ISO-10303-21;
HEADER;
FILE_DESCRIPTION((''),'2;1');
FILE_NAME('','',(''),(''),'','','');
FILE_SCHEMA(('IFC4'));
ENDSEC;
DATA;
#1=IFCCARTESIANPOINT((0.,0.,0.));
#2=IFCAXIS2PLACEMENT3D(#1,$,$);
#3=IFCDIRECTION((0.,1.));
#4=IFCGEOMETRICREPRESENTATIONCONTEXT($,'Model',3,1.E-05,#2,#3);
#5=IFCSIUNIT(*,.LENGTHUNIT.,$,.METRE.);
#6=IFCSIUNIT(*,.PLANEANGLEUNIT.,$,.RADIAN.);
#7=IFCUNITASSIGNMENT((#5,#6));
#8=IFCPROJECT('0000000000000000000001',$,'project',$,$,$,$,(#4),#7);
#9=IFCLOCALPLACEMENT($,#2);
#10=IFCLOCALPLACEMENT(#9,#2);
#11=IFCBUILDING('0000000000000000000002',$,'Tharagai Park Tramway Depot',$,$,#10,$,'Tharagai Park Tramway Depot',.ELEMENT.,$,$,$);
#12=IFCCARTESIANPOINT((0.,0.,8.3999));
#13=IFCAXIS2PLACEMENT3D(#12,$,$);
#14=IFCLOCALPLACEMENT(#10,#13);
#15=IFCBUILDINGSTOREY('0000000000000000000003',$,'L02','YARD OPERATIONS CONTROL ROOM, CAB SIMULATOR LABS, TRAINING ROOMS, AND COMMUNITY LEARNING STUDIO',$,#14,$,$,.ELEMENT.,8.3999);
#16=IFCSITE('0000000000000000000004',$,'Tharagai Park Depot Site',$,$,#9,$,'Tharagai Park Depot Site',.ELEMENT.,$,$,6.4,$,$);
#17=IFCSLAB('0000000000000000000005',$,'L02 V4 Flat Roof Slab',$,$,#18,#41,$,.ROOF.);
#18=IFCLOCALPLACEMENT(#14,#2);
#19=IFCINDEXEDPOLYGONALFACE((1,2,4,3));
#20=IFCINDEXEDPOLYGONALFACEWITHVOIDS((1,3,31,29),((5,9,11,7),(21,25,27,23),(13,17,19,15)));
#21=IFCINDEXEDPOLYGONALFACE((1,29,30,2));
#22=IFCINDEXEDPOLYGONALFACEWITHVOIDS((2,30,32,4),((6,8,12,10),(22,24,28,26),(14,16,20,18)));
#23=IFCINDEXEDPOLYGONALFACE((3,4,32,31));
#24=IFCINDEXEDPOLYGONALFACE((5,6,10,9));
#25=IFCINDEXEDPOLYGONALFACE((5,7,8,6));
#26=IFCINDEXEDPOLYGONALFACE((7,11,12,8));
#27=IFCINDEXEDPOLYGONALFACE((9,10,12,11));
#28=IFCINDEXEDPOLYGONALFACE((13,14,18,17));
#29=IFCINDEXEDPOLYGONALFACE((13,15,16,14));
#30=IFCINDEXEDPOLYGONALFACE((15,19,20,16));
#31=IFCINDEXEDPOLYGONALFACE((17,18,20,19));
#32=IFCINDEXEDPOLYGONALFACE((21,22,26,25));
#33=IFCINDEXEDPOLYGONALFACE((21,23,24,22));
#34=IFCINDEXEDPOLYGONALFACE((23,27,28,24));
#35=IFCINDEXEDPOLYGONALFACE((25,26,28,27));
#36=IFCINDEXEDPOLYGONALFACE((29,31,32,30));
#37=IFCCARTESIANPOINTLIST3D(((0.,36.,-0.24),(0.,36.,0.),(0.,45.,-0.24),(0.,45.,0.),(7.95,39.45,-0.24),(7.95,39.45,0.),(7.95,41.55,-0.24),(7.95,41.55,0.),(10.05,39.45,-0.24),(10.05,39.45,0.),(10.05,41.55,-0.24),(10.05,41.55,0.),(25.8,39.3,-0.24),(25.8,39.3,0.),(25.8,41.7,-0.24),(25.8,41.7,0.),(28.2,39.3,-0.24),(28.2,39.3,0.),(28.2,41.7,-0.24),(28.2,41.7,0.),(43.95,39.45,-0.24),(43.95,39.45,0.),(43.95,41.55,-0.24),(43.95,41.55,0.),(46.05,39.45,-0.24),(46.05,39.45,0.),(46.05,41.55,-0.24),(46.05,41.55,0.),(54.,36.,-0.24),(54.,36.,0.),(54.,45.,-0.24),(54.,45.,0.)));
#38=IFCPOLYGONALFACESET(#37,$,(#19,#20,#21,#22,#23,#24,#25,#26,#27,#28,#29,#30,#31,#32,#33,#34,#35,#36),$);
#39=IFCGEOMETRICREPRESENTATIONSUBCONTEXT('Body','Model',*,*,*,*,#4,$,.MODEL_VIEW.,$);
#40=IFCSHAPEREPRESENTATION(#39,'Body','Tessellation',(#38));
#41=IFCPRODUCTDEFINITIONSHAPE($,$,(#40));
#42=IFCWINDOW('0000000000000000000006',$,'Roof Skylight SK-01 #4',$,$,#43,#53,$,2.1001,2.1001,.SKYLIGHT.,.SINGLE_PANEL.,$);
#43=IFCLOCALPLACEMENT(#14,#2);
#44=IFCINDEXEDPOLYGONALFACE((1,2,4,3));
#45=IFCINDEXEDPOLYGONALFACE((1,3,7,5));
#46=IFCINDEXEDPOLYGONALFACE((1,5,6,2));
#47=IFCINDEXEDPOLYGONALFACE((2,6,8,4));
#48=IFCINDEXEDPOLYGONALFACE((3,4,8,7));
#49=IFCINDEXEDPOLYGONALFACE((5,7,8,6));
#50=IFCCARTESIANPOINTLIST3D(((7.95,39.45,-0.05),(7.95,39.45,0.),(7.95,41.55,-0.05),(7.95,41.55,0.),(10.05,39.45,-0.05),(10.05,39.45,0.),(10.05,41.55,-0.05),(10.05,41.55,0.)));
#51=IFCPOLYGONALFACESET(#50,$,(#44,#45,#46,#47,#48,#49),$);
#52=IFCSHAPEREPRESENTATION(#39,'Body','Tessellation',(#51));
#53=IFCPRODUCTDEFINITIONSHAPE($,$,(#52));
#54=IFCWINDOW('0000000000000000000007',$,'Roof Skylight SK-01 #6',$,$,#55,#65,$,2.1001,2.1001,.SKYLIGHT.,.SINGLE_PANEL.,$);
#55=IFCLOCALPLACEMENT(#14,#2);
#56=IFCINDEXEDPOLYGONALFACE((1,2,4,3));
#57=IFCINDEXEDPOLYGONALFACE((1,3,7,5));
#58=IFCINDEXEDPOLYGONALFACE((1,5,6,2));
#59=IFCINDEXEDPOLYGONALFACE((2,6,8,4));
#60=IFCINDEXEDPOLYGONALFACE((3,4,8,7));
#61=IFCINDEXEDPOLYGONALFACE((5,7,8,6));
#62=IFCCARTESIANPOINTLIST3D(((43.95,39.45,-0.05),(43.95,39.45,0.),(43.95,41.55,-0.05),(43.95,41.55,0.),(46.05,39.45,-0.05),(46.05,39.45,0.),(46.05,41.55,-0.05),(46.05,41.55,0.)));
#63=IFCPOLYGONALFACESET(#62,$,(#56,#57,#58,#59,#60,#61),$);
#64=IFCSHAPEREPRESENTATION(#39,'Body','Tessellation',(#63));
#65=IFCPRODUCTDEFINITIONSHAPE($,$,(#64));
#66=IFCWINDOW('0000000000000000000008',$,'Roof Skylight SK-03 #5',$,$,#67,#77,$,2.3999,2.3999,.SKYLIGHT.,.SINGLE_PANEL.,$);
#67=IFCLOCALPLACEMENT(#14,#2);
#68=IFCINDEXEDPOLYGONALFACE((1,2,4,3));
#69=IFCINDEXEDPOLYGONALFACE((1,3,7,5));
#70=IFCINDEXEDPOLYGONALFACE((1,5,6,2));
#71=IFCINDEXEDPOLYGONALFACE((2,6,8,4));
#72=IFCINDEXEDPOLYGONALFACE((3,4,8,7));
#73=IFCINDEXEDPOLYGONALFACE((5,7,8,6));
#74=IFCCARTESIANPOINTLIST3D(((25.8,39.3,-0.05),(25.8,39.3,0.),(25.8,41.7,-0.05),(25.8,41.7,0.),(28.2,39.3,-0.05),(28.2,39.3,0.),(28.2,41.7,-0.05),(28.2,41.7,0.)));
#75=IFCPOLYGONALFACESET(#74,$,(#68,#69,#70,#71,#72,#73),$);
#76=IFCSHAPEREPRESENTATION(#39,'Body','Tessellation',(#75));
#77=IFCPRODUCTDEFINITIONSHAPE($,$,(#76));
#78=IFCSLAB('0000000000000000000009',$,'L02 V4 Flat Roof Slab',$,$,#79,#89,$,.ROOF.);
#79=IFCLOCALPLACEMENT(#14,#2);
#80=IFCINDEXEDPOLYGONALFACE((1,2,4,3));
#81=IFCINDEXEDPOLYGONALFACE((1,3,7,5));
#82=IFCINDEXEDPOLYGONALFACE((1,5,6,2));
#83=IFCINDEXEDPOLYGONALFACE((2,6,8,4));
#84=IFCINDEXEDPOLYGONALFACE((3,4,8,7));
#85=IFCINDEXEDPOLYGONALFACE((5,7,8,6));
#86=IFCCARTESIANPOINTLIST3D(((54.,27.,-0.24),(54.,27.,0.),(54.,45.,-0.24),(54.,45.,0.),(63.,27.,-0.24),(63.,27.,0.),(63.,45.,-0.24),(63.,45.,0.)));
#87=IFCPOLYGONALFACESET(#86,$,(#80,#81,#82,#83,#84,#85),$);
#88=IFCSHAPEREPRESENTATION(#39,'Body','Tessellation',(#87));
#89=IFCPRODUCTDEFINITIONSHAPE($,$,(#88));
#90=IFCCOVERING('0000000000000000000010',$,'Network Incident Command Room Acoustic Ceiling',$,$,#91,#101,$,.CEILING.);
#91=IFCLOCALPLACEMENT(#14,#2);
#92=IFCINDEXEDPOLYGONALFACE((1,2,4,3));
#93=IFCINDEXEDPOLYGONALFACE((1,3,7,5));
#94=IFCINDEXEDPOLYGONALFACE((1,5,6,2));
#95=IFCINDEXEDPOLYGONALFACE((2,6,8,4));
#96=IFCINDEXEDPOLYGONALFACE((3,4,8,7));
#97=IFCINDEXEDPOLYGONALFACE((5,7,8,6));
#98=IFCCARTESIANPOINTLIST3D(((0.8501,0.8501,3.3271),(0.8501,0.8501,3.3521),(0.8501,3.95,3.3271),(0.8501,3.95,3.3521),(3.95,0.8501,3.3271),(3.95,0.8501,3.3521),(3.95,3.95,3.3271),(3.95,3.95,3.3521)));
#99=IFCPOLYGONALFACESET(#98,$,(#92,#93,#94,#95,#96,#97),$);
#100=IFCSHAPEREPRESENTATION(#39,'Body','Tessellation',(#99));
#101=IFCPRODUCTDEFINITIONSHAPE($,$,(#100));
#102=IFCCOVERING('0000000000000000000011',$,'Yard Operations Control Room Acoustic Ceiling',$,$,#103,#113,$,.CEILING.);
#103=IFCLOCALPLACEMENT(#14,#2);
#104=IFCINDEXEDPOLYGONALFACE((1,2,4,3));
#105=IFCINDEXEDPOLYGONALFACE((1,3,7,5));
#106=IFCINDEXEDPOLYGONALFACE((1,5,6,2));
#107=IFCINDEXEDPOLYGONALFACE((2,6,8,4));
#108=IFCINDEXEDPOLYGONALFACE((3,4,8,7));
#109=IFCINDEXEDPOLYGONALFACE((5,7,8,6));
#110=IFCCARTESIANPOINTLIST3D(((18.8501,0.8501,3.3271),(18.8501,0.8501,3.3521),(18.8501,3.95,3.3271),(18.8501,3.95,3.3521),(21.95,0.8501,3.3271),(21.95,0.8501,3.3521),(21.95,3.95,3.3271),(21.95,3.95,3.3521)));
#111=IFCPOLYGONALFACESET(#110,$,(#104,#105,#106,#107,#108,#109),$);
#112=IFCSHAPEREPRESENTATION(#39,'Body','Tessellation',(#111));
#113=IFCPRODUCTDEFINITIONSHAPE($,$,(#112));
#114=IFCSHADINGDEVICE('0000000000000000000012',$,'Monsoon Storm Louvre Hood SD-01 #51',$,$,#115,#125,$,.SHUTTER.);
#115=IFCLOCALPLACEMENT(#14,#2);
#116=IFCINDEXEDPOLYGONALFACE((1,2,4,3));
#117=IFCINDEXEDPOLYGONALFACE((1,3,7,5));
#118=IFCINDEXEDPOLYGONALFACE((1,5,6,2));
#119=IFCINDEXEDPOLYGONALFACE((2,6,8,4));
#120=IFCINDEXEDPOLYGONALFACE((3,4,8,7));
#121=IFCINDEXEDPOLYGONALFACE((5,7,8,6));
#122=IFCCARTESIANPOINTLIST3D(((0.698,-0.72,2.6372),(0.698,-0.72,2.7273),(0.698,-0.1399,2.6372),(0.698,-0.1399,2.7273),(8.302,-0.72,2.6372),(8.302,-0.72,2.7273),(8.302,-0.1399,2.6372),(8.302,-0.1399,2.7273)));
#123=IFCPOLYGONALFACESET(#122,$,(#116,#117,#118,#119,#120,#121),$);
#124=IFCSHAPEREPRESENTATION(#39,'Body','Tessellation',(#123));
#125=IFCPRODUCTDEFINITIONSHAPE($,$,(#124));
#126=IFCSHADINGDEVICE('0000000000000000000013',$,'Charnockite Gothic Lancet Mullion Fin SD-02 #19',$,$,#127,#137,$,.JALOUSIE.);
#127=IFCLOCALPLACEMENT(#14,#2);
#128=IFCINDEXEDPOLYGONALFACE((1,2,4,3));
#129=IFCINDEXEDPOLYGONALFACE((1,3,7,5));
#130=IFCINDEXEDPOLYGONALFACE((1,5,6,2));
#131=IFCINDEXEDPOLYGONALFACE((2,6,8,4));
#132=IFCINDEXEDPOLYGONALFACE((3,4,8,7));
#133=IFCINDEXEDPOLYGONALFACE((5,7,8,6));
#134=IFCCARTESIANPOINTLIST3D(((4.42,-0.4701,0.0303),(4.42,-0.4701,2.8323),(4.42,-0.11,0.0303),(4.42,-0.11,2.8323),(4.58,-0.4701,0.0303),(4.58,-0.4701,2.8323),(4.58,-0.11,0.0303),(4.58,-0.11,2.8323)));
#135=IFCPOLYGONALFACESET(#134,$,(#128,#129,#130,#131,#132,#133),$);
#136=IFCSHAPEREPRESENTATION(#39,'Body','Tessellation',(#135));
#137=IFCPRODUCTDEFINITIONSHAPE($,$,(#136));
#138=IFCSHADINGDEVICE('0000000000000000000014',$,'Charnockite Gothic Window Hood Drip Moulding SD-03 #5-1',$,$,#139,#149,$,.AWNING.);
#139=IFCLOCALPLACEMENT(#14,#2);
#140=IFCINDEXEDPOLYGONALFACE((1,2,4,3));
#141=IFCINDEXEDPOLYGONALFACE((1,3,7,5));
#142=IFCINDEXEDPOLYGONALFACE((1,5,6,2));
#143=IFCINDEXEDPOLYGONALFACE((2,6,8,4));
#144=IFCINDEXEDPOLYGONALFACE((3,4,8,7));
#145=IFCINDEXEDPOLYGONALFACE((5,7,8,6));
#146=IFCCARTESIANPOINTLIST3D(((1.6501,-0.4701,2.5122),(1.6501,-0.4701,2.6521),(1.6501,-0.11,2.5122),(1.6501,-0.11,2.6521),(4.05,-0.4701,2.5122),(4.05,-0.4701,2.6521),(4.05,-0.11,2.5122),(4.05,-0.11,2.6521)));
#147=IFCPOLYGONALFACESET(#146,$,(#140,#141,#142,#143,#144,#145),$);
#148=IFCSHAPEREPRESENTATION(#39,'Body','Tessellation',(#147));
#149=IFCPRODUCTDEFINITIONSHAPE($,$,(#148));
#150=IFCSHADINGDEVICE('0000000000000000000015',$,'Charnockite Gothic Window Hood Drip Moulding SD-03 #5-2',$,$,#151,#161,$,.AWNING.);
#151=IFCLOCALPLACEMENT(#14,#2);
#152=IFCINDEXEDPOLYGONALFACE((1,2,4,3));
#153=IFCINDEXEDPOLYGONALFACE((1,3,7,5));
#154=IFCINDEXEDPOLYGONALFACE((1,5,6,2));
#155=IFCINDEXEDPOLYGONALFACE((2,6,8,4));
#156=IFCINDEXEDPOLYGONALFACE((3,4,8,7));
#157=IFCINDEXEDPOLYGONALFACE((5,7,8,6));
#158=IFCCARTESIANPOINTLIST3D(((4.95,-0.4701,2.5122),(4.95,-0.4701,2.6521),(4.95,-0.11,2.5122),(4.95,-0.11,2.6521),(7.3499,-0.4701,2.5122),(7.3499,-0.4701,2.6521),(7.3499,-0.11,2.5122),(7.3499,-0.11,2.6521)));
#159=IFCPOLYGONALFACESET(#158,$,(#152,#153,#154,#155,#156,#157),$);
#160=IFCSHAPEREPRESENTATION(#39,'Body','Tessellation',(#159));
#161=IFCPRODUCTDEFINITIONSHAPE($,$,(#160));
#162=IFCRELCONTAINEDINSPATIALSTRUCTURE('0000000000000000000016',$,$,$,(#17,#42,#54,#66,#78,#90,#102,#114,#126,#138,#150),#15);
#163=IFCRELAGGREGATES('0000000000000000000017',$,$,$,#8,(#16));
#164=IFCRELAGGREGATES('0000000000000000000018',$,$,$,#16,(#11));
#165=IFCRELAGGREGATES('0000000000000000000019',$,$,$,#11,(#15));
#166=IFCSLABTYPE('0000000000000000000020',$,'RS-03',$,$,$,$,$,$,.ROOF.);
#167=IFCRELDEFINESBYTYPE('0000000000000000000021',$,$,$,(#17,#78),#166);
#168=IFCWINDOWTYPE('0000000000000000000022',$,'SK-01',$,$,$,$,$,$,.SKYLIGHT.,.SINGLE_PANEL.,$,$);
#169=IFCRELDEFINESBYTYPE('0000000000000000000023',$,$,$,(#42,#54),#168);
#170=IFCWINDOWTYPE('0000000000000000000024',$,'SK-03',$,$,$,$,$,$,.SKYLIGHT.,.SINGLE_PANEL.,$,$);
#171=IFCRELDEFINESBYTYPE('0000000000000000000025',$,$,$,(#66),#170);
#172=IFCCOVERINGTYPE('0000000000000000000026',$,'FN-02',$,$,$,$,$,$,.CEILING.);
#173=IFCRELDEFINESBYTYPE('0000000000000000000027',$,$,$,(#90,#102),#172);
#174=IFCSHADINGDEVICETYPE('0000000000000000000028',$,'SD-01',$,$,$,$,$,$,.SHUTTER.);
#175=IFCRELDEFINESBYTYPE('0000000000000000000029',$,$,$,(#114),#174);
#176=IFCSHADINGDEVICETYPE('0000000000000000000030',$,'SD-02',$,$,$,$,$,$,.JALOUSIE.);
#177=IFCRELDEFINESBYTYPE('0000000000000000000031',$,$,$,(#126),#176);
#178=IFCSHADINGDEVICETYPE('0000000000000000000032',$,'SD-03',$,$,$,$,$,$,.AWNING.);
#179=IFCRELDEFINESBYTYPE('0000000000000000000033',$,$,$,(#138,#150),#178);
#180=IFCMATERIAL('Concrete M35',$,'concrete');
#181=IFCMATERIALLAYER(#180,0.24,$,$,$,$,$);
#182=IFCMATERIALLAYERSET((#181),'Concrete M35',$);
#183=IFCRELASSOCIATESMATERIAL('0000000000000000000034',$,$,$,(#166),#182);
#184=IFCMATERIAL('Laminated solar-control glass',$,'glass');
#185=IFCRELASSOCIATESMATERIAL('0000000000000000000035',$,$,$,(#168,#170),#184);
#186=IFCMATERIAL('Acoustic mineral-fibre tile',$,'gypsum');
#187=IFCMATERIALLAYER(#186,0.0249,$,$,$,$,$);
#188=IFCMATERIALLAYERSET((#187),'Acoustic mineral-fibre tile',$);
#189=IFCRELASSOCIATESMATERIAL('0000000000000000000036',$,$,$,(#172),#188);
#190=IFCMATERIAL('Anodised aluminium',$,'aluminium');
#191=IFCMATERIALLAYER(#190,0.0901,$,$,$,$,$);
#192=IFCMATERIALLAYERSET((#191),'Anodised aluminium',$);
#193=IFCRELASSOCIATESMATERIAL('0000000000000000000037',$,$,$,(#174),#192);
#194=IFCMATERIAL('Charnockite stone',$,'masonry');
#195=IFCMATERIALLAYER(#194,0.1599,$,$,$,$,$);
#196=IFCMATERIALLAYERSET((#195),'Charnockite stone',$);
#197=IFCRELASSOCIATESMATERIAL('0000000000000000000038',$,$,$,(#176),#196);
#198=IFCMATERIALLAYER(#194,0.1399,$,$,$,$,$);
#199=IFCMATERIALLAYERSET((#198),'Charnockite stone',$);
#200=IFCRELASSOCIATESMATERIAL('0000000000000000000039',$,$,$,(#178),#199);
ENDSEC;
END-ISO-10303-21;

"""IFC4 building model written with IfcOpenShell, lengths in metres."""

from ifc_helpers import new_model, si_unit, direction, frame, origin, origin_2d, place, context, subcontext, project, spatial, polyline, rectangle, outline, extrude, material, layer, layer_set, type_object, element, fill, save


model = new_model("IFC4")

# Units and contexts
model_context = context("Model", 3, precision=1e-05, world=origin(), true_north=direction((0.0, 1.0)))
body_context = subcontext(model_context, "Body", "Model", "MODEL_VIEW")
ifc_project = project(units=[si_unit("LENGTHUNIT", "METRE"), si_unit("PLANEANGLEUNIT", "RADIAN")], contexts=[model_context])

# Site, building, storey
site_placement = place(None, origin())
site = spatial("IfcSite", under=ifc_project, at=site_placement, Name="Tharagai Park Depot Site", LongName="Tharagai Park Depot Site", CompositionType="ELEMENT", RefElevation=6.4)
building_placement = place(site_placement, origin())
building = spatial("IfcBuilding", under=site, at=building_placement, Name="Tharagai Park Tramway Depot", LongName="Tharagai Park Tramway Depot", CompositionType="ELEMENT")
storey_placement = place(building_placement, frame((0.0, 0.0, 8.3999)))
storey = spatial("IfcBuildingStorey", under=building, at=storey_placement, Name="L02", Description="YARD OPERATIONS CONTROL ROOM, CAB SIMULATOR LABS, TRAINING ROOMS, AND COMMUNITY LEARNING STUDIO", CompositionType="ELEMENT", Elevation=8.3999)

# Shared definitions
ifc_material_1 = material(Name="Concrete M35", Category="concrete")

# Slab, openings, windows
ifc_layer_1 = layer(ifc_material_1, 0.24)
ifc_layer_set_1 = layer_set([ifc_layer_1], Name="Concrete M35")
slab_type_1 = type_object("IfcSlabType", Name="RS-03", PredefinedType="ROOF", material=ifc_layer_set_1)
ifc_material_2 = material(Name="Laminated solar-control glass", Category="glass")
window_type_1 = type_object("IfcWindowType", Name="SK-01", PartitioningType="SINGLE_PANEL", PredefinedType="SKYLIGHT", material=ifc_material_2)
window_type_2 = type_object("IfcWindowType", Name="SK-03", PartitioningType="SINGLE_PANEL", PredefinedType="SKYLIGHT", material=ifc_material_2)
slab_1_placement = place(storey_placement, frame((0.0, 0.0, -0.24)))
slab_1 = element("IfcSlab", 1, at=slab_1_placement, inside=storey, type_object=slab_type_1, Name="L02 V4 Flat Roof Slab", PredefinedType="ROOF", context=body_context, shape_type="SweptSolid", body=[
    extrude(outline(polyline([(0.0, 36.0), (54.0, 36.0), (54.0, 45.0), (0.0, 45.0), (0.0, 36.0)])), origin(), (0.0, 0.0, 1.0), 0.24),
])
opening_1_placement = place(slab_1_placement, frame((9.0, 40.5, -0.01)))
opening_1 = element("IfcOpeningElement", 2, at=opening_1_placement, cuts=slab_1, PredefinedType="OPENING", context=body_context, shape_type="SweptSolid", body=[
    extrude(rectangle(XDim=2.1001, YDim=2.1001, at=origin_2d()), origin(), (0.0, 0.0, 1.0), 0.26),
])
opening_2_placement = place(slab_1_placement, frame((27.0, 40.5, -0.01)))
opening_2 = element("IfcOpeningElement", 3, at=opening_2_placement, cuts=slab_1, PredefinedType="OPENING", context=body_context, shape_type="SweptSolid", body=[
    extrude(rectangle(XDim=2.3999, YDim=2.3999, at=origin_2d()), origin(), (0.0, 0.0, 1.0), 0.26),
])
opening_3_placement = place(slab_1_placement, frame((45.0, 40.5, -0.01)))
opening_3 = element("IfcOpeningElement", 4, at=opening_3_placement, cuts=slab_1, PredefinedType="OPENING", context=body_context, shape_type="SweptSolid", body=[
    extrude(rectangle(XDim=2.1001, YDim=2.1001, at=origin_2d()), origin(), (0.0, 0.0, 1.0), 0.26),
])
window_1_placement = place(opening_1_placement, frame((0.0, 0.0, 0.2)))
window_1 = element("IfcWindow", 5, at=window_1_placement, inside=storey, type_object=window_type_1, Name="Roof Skylight SK-01 #4", OverallHeight=2.1001, OverallWidth=2.1001, PartitioningType="SINGLE_PANEL", PredefinedType="SKYLIGHT", context=body_context, shape_type="SweptSolid", body=[
    extrude(rectangle(XDim=2.1001, YDim=2.1001, at=origin_2d()), origin(), (0.0, 0.0, 1.0), 0.05),
])
fill(opening_1, window_1)
window_2_placement = place(opening_3_placement, frame((0.0, 0.0, 0.2)))
window_2 = element("IfcWindow", 6, at=window_2_placement, inside=storey, type_object=window_type_1, Name="Roof Skylight SK-01 #6", OverallHeight=2.1001, OverallWidth=2.1001, PartitioningType="SINGLE_PANEL", PredefinedType="SKYLIGHT", context=body_context, shape_type="SweptSolid", body=[
    extrude(rectangle(XDim=2.1001, YDim=2.1001, at=origin_2d()), origin(), (0.0, 0.0, 1.0), 0.05),
])
fill(opening_3, window_2)
window_3_placement = place(opening_2_placement, frame((0.0, 0.0, 0.2)))
window_3 = element("IfcWindow", 7, at=window_3_placement, inside=storey, type_object=window_type_2, Name="Roof Skylight SK-03 #5", OverallHeight=2.3999, OverallWidth=2.3999, PartitioningType="SINGLE_PANEL", PredefinedType="SKYLIGHT", context=body_context, shape_type="SweptSolid", body=[
    extrude(rectangle(XDim=2.3999, YDim=2.3999, at=origin_2d()), origin(), (0.0, 0.0, 1.0), 0.05),
])
fill(opening_2, window_3)

# Slab
slab_2_placement = place(storey_placement, frame((0.0, 0.0, -0.24)))
element("IfcSlab", 8, at=slab_2_placement, inside=storey, type_object=slab_type_1, Name="L02 V4 Flat Roof Slab", PredefinedType="ROOF", context=body_context, shape_type="SweptSolid", body=[
    extrude(outline(polyline([(54.0, 27.0), (63.0, 27.0), (63.0, 45.0), (54.0, 45.0), (54.0, 27.0)])), origin(), (0.0, 0.0, 1.0), 0.24),
])

# Coverings
ifc_material_3 = material(Name="Acoustic mineral-fibre tile", Category="gypsum")
ifc_layer_2 = layer(ifc_material_3, 0.0249)
ifc_layer_set_2 = layer_set([ifc_layer_2], Name="Acoustic mineral-fibre tile")
covering_type = type_object("IfcCoveringType", Name="FN-02", PredefinedType="CEILING", material=ifc_layer_set_2)
covering_1_placement = place(storey_placement, frame((0.0, 0.0, 3.3271)))
element("IfcCovering", 9, at=covering_1_placement, inside=storey, type_object=covering_type, Name="Network Incident Command Room Acoustic Ceiling", PredefinedType="CEILING", context=body_context, shape_type="SweptSolid", body=[
    extrude(outline(polyline([(0.8501, 0.8501), (3.95, 0.8501), (3.95, 3.95), (0.8501, 3.95), (0.8501, 0.8501)])), origin(), (0.0, 0.0, 1.0), 0.0249),
])
covering_2_placement = place(storey_placement, frame((0.0, 0.0, 3.3271)))
element("IfcCovering", 10, at=covering_2_placement, inside=storey, type_object=covering_type, Name="Yard Operations Control Room Acoustic Ceiling", PredefinedType="CEILING", context=body_context, shape_type="SweptSolid", body=[
    extrude(outline(polyline([(18.8501, 0.8501), (21.95, 0.8501), (21.95, 3.95), (18.8501, 3.95), (18.8501, 0.8501)])), origin(), (0.0, 0.0, 1.0), 0.0249),
])

# Shading devices
ifc_material_4 = material(Name="Anodised aluminium", Category="aluminium")
ifc_layer_3 = layer(ifc_material_4, 0.0901)
ifc_layer_set_3 = layer_set([ifc_layer_3], Name="Anodised aluminium")
shading_device_type_1 = type_object("IfcShadingDeviceType", Name="SD-01", PredefinedType="SHUTTER", material=ifc_layer_set_3)
shading_device_1_placement = place(storey_placement, frame((4.5, -0.4299, 2.6372), z_axis=(0.0, 0.0, 1.0), x_axis=(1.0, 0.0, 0.0)))
element("IfcShadingDevice", 11, at=shading_device_1_placement, inside=storey, type_object=shading_device_type_1, Name="Monsoon Storm Louvre Hood SD-01 #51", PredefinedType="SHUTTER", context=body_context, shape_type="SweptSolid", body=[
    extrude(rectangle(XDim=7.604, YDim=0.5801, at=origin_2d()), origin(), (0.0, 0.0, 1.0), 0.0901),
])
ifc_material_5 = material(Name="Charnockite stone", Category="masonry")
ifc_layer_4 = layer(ifc_material_5, 0.1599)
ifc_layer_set_4 = layer_set([ifc_layer_4], Name="Charnockite stone")
shading_device_type_2 = type_object("IfcShadingDeviceType", Name="SD-02", PredefinedType="JALOUSIE", material=ifc_layer_set_4)
shading_device_2_placement = place(storey_placement, frame((4.5, -0.29, 0.0303), z_axis=(0.0, 0.0, 1.0), x_axis=(1.0, 0.0, 0.0)))
element("IfcShadingDevice", 12, at=shading_device_2_placement, inside=storey, type_object=shading_device_type_2, Name="Charnockite Gothic Lancet Mullion Fin SD-02 #19", PredefinedType="JALOUSIE", context=body_context, shape_type="SweptSolid", body=[
    extrude(rectangle(XDim=0.1599, YDim=0.3601, at=origin_2d()), origin(), (0.0, 0.0, 1.0), 2.802),
])
ifc_layer_5 = layer(ifc_material_5, 0.1399)
ifc_layer_set_5 = layer_set([ifc_layer_5], Name="Charnockite stone")
shading_device_type_3 = type_object("IfcShadingDeviceType", Name="SD-03", PredefinedType="AWNING", material=ifc_layer_set_5)
for number, where, z_axis, x_axis, name in (
    (13, (2.8501, -0.29, 2.5122), (0.0, 0.0, 1.0), (1.0, 0.0, 0.0), "Charnockite Gothic Window Hood Drip Moulding SD-03 #5-1"),
    (14, (6.1499, -0.29, 2.5122), (0.0, 0.0, 1.0), (1.0, 0.0, 0.0), "Charnockite Gothic Window Hood Drip Moulding SD-03 #5-2"),
):
    element("IfcShadingDevice", number, at=place(storey_placement, frame(where, z_axis=z_axis, x_axis=x_axis)), inside=storey, type_object=shading_device_type_3, Name=name, PredefinedType="AWNING", context=body_context, shape_type="SweptSolid", body=[
        extrude(rectangle(XDim=2.3999, YDim=0.3601, at=origin_2d()), origin(), (0.0, 0.0, 1.0), 0.1399),
    ])

save(model, "model.ifc")
